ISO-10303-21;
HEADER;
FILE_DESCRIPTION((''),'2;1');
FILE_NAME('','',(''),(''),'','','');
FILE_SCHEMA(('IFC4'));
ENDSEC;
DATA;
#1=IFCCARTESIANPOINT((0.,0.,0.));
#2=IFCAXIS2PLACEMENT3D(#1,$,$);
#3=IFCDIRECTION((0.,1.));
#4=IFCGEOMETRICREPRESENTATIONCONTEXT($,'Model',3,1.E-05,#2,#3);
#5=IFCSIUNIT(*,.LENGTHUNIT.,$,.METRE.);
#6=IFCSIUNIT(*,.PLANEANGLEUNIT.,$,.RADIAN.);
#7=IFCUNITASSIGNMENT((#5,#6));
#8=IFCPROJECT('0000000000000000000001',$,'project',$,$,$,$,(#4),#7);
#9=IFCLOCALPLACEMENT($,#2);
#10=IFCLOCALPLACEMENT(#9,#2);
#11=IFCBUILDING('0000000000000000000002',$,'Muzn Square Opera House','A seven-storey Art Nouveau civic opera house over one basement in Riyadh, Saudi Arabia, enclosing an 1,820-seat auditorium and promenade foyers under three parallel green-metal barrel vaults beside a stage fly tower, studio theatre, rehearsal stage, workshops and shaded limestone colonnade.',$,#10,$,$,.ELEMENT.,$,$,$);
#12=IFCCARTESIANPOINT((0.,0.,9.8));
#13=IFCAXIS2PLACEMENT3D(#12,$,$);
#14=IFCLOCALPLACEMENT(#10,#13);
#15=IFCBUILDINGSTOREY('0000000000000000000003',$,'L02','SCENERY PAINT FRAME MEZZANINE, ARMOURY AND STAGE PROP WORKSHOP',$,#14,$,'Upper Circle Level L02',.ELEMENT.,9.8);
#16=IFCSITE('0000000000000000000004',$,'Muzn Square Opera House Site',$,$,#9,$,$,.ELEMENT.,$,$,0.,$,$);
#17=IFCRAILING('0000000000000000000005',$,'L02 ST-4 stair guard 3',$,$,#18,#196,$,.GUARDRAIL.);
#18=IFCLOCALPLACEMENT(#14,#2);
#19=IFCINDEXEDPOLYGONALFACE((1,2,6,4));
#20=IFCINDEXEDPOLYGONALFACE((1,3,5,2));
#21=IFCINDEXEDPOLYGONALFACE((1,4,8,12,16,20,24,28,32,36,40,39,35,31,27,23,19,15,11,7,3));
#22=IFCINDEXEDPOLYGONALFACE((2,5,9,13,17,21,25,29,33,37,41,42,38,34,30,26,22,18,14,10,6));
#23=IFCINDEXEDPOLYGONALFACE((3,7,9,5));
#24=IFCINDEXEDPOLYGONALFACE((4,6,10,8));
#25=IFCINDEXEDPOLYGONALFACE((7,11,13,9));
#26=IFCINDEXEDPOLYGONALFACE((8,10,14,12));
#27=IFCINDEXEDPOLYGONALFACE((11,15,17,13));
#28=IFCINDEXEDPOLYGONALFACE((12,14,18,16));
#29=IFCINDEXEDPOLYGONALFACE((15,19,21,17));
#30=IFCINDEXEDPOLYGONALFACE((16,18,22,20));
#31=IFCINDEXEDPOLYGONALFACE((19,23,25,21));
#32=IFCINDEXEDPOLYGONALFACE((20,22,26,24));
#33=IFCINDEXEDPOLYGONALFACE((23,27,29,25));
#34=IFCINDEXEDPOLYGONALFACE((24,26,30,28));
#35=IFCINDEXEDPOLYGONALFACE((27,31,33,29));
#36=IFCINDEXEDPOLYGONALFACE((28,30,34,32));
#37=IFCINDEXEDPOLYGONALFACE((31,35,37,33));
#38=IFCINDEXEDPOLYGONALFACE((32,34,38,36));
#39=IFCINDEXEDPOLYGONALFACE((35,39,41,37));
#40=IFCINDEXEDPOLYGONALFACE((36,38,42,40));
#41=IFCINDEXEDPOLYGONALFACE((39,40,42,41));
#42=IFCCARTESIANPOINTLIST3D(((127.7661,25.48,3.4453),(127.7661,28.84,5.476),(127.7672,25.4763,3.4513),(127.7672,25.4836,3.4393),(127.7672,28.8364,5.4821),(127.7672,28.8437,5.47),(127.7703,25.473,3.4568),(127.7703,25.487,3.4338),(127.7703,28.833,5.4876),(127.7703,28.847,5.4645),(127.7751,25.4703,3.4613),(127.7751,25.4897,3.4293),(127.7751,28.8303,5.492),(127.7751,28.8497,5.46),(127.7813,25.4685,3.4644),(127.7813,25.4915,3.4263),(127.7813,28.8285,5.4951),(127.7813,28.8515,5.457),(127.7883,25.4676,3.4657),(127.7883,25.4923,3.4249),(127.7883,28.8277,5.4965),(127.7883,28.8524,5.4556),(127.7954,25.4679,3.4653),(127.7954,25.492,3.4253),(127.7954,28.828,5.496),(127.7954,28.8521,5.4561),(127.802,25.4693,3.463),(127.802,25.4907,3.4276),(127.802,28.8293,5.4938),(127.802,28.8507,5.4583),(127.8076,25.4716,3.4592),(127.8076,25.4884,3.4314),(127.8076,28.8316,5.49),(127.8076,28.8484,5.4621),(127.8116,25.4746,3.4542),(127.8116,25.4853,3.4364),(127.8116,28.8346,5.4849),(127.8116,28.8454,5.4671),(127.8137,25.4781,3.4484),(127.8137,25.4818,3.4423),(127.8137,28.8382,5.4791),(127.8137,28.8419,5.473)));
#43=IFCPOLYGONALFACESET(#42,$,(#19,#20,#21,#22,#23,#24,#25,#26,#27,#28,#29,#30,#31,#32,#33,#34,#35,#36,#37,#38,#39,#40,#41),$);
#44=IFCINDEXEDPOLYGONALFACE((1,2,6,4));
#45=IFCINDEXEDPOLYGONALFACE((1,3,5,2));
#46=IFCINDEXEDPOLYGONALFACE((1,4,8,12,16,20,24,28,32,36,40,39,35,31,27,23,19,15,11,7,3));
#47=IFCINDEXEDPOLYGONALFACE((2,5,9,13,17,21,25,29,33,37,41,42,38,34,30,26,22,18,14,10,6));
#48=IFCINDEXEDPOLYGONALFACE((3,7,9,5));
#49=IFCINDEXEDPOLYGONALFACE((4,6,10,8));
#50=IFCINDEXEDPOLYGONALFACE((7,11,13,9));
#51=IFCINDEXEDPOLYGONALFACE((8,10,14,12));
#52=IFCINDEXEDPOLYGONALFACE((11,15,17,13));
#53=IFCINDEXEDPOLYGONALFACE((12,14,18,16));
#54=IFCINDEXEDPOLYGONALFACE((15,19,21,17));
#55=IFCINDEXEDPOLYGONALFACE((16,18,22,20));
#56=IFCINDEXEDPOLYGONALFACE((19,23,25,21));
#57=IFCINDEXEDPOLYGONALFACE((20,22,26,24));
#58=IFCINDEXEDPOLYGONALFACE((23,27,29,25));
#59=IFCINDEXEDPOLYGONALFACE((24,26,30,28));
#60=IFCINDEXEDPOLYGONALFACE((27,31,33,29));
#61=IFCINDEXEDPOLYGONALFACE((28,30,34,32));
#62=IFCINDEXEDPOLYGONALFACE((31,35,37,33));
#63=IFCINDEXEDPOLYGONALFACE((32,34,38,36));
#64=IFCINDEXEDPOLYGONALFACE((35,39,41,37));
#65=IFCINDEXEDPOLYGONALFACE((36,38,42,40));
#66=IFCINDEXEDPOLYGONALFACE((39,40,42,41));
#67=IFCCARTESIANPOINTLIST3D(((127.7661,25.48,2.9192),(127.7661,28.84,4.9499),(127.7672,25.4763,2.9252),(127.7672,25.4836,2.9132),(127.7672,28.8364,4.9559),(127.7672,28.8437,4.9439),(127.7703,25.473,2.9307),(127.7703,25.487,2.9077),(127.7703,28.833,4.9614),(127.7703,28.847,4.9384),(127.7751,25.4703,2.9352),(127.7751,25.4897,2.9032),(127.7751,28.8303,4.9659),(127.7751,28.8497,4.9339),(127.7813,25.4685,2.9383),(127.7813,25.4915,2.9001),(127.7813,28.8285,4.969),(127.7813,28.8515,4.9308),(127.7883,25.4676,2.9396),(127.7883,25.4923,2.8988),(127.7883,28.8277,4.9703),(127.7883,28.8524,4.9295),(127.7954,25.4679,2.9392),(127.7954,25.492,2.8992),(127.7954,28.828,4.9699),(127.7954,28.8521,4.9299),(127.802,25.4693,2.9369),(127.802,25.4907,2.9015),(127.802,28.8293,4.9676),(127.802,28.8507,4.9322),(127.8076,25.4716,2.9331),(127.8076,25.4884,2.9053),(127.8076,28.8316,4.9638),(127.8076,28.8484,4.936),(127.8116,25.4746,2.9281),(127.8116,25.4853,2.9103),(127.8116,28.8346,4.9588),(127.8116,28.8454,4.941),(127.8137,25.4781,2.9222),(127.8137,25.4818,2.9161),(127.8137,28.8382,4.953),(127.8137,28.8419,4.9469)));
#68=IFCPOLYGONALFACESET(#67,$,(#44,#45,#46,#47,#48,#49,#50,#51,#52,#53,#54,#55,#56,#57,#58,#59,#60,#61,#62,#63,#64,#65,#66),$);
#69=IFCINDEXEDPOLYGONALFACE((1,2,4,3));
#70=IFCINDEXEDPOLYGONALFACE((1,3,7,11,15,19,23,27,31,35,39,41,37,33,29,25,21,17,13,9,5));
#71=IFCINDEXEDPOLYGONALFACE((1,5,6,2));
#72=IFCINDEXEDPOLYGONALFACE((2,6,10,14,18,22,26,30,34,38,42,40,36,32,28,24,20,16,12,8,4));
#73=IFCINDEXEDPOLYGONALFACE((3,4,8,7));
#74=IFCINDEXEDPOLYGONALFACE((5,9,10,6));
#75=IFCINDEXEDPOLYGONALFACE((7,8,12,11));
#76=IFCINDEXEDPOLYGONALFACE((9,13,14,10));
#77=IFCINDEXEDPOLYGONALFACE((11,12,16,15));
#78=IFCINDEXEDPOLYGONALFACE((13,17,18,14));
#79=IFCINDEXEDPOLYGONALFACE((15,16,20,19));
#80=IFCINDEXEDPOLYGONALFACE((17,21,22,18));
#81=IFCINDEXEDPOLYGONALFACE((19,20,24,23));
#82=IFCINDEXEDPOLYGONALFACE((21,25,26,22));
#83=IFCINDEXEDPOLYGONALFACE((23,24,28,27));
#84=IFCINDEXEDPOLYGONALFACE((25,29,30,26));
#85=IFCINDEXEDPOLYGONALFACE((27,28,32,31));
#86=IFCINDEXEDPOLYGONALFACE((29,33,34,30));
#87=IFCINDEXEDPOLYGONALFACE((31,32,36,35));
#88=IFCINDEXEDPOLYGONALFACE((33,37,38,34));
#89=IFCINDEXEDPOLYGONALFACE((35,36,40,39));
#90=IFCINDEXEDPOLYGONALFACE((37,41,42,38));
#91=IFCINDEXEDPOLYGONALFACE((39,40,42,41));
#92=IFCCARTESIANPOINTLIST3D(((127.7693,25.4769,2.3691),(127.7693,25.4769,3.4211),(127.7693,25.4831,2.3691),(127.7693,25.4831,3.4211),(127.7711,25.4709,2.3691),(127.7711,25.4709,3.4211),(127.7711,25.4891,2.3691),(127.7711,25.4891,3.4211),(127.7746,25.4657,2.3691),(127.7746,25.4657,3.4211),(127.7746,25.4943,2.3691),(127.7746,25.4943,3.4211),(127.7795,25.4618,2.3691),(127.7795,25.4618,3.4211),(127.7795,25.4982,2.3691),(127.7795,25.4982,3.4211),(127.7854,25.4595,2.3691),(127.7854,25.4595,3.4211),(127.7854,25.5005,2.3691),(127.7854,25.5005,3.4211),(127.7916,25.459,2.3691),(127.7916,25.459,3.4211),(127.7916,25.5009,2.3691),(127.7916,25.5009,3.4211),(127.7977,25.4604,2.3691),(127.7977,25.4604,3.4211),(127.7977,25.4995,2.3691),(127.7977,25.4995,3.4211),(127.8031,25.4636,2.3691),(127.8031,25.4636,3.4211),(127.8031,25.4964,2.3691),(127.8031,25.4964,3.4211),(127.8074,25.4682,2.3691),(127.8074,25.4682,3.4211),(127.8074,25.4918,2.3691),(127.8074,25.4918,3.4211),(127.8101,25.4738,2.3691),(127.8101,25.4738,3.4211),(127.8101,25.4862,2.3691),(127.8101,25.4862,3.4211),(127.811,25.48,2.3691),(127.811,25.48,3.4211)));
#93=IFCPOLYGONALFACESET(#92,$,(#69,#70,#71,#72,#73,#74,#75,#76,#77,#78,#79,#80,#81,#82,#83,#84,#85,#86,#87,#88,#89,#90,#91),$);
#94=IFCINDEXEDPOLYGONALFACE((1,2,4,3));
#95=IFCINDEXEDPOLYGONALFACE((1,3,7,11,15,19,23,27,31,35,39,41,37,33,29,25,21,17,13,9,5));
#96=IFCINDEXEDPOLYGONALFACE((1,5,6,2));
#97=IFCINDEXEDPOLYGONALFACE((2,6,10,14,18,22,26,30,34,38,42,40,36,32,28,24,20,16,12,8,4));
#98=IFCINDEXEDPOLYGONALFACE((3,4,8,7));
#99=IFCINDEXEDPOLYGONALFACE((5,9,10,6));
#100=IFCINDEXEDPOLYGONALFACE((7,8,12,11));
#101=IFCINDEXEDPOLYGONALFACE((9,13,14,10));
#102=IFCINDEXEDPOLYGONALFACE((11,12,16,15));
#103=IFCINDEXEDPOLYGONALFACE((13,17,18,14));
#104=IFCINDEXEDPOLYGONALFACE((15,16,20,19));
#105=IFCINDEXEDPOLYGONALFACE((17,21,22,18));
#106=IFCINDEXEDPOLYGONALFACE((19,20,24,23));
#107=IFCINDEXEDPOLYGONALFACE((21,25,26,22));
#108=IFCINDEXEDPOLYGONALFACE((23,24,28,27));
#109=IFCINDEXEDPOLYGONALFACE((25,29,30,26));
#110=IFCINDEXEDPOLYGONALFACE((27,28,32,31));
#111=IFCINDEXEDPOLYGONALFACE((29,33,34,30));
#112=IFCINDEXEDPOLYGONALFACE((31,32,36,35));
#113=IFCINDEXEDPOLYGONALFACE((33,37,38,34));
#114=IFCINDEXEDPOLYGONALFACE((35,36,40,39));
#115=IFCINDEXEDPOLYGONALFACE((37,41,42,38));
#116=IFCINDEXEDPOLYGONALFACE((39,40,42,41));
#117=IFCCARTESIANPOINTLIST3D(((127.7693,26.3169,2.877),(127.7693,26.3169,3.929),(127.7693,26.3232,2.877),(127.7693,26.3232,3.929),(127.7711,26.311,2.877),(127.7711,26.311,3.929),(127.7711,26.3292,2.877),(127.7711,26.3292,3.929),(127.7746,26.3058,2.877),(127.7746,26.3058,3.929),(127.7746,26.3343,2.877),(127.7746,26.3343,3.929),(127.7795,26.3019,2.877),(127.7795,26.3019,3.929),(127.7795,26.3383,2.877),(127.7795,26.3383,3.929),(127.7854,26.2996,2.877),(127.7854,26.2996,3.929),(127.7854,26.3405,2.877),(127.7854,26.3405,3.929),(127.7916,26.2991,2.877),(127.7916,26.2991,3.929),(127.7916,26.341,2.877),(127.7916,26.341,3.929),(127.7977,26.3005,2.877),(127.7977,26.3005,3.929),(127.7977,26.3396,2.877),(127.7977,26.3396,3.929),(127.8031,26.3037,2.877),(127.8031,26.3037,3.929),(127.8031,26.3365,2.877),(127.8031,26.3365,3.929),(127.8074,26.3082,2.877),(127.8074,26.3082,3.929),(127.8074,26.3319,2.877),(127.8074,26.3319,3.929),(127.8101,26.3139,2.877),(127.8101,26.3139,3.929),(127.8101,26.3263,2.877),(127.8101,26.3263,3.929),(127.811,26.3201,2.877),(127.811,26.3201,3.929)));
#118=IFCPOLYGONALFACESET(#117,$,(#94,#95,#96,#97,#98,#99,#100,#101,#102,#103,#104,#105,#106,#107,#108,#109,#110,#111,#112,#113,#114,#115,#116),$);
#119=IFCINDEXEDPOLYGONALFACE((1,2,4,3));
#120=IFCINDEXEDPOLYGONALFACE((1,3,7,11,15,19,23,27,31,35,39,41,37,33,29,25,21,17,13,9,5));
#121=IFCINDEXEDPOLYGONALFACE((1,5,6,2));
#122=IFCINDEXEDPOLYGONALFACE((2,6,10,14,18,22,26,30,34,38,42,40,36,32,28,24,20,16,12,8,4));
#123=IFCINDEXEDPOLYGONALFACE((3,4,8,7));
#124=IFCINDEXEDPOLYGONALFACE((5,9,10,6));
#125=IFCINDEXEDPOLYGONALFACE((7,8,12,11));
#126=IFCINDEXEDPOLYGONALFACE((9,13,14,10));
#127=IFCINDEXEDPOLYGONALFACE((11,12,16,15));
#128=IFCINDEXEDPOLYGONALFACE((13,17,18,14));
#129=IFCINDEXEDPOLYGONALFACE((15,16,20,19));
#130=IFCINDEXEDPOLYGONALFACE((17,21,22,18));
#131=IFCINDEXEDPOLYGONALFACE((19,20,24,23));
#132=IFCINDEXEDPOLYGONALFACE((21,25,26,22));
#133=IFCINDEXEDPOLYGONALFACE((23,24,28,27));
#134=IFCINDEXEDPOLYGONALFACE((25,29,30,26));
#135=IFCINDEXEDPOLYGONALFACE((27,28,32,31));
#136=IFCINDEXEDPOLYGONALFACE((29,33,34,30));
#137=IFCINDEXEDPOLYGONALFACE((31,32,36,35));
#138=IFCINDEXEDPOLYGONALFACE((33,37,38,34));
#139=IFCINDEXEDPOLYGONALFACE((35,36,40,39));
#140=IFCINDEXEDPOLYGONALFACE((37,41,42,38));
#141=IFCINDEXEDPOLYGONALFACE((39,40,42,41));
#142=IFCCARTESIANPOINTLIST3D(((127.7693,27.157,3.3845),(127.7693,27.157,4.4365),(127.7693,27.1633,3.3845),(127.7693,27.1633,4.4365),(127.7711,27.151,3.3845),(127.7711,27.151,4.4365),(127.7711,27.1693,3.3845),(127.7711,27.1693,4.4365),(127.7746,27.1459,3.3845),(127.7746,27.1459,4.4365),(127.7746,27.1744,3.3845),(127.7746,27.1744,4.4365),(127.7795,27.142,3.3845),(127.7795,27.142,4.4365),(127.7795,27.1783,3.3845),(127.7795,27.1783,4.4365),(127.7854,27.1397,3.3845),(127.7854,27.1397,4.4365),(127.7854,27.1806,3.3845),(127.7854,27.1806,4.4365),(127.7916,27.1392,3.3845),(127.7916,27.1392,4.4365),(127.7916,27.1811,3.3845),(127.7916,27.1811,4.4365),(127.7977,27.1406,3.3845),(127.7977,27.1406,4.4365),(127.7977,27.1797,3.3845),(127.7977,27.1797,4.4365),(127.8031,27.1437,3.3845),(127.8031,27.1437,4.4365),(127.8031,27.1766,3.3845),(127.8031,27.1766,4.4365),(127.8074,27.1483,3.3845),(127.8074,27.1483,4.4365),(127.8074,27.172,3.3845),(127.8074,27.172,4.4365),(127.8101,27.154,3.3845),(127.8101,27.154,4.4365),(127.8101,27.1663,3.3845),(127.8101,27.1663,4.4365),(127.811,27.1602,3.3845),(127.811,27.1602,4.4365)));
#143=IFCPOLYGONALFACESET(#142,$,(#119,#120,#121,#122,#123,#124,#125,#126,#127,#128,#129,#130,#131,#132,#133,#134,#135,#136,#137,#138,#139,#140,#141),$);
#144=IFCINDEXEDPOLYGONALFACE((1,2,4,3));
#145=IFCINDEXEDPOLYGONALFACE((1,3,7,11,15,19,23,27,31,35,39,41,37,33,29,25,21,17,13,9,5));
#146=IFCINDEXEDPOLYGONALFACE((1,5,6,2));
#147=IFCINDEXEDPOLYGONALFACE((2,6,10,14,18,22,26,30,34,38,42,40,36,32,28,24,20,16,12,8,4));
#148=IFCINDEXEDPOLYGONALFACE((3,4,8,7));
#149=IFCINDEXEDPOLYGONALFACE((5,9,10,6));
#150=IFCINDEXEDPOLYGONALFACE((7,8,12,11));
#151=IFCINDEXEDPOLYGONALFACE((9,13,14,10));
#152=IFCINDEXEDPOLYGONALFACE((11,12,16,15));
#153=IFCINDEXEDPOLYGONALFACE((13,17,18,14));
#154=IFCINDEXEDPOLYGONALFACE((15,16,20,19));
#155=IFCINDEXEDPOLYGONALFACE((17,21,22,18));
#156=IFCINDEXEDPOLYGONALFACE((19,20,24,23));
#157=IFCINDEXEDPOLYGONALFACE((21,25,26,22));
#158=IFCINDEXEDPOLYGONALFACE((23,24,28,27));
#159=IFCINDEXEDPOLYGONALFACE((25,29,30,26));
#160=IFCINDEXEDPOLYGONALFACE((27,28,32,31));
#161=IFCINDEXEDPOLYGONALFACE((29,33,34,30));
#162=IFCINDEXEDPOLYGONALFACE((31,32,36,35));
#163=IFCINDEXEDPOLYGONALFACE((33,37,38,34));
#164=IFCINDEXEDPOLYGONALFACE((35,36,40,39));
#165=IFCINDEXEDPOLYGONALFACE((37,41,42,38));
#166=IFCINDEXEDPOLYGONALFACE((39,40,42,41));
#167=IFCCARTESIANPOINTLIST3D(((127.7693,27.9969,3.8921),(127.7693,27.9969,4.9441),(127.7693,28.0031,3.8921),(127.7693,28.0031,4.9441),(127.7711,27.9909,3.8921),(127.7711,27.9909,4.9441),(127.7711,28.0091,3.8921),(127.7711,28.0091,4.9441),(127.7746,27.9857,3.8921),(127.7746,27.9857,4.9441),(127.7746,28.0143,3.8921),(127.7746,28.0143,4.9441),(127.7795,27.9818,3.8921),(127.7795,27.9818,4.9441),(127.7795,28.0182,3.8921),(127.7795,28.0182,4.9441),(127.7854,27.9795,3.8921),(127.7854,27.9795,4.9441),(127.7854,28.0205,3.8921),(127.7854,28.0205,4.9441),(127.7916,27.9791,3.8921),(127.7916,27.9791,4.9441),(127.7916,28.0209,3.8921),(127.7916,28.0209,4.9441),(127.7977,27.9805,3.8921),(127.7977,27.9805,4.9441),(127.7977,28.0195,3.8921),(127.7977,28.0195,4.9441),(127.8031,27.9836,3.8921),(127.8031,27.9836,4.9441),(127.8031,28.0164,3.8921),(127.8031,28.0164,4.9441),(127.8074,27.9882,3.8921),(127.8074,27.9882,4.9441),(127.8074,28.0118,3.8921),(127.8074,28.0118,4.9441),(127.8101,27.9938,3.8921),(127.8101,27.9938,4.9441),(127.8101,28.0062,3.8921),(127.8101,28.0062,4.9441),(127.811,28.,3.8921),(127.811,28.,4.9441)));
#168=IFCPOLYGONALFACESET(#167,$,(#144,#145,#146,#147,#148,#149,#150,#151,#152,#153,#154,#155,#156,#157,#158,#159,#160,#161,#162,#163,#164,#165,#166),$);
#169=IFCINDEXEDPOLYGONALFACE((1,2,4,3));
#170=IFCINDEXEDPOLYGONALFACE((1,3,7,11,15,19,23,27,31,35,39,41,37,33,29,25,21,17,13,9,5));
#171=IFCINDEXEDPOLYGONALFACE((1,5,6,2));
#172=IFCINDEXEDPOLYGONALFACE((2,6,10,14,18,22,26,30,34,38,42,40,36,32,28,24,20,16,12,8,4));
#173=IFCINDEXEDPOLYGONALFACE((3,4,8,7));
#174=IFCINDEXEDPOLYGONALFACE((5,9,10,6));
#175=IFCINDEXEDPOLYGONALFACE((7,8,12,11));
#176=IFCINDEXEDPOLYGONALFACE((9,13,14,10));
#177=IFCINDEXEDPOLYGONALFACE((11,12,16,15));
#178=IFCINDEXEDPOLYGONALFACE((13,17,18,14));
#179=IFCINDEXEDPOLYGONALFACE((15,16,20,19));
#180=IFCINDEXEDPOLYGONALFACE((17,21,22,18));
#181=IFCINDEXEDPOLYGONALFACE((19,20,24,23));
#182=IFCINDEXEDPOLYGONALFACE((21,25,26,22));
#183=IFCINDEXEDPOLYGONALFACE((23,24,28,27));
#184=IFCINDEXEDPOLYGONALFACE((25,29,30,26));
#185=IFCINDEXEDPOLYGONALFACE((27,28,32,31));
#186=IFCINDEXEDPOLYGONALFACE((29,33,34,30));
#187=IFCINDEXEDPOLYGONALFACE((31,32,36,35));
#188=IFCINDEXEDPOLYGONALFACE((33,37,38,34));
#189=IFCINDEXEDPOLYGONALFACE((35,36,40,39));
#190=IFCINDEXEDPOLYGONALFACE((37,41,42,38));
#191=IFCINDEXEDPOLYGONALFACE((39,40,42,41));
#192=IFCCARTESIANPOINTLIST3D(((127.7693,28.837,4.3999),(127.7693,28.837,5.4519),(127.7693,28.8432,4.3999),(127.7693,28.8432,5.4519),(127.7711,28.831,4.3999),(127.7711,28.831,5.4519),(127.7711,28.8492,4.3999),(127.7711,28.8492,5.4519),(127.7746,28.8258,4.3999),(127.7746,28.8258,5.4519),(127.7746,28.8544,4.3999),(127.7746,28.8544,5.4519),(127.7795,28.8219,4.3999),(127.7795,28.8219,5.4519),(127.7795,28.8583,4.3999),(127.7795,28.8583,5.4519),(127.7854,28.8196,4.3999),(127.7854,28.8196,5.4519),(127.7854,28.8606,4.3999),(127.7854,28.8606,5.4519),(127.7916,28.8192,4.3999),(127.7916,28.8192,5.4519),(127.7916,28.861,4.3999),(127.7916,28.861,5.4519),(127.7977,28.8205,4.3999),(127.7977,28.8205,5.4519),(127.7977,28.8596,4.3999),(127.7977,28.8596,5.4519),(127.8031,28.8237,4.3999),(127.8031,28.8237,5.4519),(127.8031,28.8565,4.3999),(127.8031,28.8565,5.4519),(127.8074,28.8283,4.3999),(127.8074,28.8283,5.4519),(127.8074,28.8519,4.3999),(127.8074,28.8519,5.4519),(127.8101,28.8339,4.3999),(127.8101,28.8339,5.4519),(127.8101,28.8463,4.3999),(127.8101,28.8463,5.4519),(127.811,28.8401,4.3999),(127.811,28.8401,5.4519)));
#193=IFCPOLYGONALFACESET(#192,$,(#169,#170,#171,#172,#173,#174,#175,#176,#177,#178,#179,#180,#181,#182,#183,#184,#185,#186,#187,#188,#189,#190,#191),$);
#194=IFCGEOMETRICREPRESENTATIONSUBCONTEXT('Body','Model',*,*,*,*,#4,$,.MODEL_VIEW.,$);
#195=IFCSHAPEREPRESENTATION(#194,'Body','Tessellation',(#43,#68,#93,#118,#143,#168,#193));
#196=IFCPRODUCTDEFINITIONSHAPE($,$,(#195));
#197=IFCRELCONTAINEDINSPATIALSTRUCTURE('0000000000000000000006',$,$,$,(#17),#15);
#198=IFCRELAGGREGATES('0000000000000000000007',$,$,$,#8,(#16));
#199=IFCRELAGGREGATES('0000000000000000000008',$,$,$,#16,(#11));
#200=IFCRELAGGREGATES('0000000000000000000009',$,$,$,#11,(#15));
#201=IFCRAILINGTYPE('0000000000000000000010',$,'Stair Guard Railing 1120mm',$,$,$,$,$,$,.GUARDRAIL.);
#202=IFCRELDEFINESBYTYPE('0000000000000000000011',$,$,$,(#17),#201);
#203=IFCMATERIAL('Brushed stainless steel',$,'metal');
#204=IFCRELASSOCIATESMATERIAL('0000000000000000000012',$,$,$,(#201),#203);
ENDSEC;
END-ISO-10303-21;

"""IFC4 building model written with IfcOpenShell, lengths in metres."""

from ifc_helpers import new_model, si_unit, direction, frame, origin, origin_2d, place, context, subcontext, project, spatial, circle, extrude, material, type_object, element, save


model = new_model("IFC4")

# Units and contexts
model_context = context("Model", 3, precision=1e-05, world=origin(), true_north=direction((0.0, 1.0)))
body_context = subcontext(model_context, "Body", "Model", "MODEL_VIEW")
ifc_project = project(units=[si_unit("LENGTHUNIT", "METRE"), si_unit("PLANEANGLEUNIT", "RADIAN")], contexts=[model_context])

# Site, building, storey
site_placement = place(None, origin())
site = spatial("IfcSite", under=ifc_project, at=site_placement, Name="Muzn Square Opera House Site", CompositionType="ELEMENT", RefElevation=0.0)
building_placement = place(site_placement, origin())
building = spatial("IfcBuilding", under=site, at=building_placement, Name="Muzn Square Opera House", Description="A seven-storey Art Nouveau civic opera house over one basement in Riyadh, Saudi Arabia, enclosing an 1,820-seat auditorium and promenade foyers under three parallel green-metal barrel vaults beside a stage fly tower, studio theatre, rehearsal stage, workshops and shaded limestone colonnade.", CompositionType="ELEMENT")
storey_placement = place(building_placement, frame((0.0, 0.0, 9.8)))
storey = spatial("IfcBuildingStorey", under=building, at=storey_placement, Name="L02", Description="SCENERY PAINT FRAME MEZZANINE, ARMOURY AND STAGE PROP WORKSHOP", LongName="Upper Circle Level L02", CompositionType="ELEMENT", Elevation=9.8)

# Shared definitions
ifc_material_1 = material(Name="Brushed stainless steel", Category="metal")

# Railing
railing_type_1 = type_object("IfcRailingType", Name="Stair Guard Railing 1120mm", PredefinedType="GUARDRAIL", material=ifc_material_1)
railing_1_placement = place(storey_placement, frame((127.79, 25.48, 2.3691)))
element("IfcRailing", 1, at=railing_1_placement, inside=storey, type_object=railing_type_1, Name="L02 ST-4 stair guard 3", PredefinedType="GUARDRAIL", context=body_context, shape_type="SweptSolid", body=[
    extrude(circle(Radius=0.0239, at=origin_2d()), frame((0.0, 0.0, 1.0762), z_axis=(0.0, 0.855837, 0.517246), x_axis=(-1.0, 0.0, 0.0)), (0.0, 0.0, 1.0), 3.926),
    extrude(circle(Radius=0.0239, at=origin_2d()), frame((0.0, 0.0, 0.55), z_axis=(0.0, 0.855837, 0.517246), x_axis=(-1.0, 0.0, 0.0)), (0.0, 0.0, 1.0), 3.926),
    extrude(circle(Radius=0.021, at=origin_2d()), origin(), (0.0, 0.0, 1.0), 1.052),
    extrude(circle(Radius=0.021, at=origin_2d()), frame((0.0, 0.8401, 0.5078)), (0.0, 0.0, 1.0), 1.052),
    extrude(circle(Radius=0.021, at=origin_2d()), frame((0.0, 1.6802, 1.0154)), (0.0, 0.0, 1.0), 1.052),
    extrude(circle(Radius=0.021, at=origin_2d()), frame((0.0, 2.52, 1.5229)), (0.0, 0.0, 1.0), 1.052),
    extrude(circle(Radius=0.021, at=origin_2d()), frame((0.0, 3.3601, 2.0308)), (0.0, 0.0, 1.0), 1.052),
])

save(model, "model.ifc")
